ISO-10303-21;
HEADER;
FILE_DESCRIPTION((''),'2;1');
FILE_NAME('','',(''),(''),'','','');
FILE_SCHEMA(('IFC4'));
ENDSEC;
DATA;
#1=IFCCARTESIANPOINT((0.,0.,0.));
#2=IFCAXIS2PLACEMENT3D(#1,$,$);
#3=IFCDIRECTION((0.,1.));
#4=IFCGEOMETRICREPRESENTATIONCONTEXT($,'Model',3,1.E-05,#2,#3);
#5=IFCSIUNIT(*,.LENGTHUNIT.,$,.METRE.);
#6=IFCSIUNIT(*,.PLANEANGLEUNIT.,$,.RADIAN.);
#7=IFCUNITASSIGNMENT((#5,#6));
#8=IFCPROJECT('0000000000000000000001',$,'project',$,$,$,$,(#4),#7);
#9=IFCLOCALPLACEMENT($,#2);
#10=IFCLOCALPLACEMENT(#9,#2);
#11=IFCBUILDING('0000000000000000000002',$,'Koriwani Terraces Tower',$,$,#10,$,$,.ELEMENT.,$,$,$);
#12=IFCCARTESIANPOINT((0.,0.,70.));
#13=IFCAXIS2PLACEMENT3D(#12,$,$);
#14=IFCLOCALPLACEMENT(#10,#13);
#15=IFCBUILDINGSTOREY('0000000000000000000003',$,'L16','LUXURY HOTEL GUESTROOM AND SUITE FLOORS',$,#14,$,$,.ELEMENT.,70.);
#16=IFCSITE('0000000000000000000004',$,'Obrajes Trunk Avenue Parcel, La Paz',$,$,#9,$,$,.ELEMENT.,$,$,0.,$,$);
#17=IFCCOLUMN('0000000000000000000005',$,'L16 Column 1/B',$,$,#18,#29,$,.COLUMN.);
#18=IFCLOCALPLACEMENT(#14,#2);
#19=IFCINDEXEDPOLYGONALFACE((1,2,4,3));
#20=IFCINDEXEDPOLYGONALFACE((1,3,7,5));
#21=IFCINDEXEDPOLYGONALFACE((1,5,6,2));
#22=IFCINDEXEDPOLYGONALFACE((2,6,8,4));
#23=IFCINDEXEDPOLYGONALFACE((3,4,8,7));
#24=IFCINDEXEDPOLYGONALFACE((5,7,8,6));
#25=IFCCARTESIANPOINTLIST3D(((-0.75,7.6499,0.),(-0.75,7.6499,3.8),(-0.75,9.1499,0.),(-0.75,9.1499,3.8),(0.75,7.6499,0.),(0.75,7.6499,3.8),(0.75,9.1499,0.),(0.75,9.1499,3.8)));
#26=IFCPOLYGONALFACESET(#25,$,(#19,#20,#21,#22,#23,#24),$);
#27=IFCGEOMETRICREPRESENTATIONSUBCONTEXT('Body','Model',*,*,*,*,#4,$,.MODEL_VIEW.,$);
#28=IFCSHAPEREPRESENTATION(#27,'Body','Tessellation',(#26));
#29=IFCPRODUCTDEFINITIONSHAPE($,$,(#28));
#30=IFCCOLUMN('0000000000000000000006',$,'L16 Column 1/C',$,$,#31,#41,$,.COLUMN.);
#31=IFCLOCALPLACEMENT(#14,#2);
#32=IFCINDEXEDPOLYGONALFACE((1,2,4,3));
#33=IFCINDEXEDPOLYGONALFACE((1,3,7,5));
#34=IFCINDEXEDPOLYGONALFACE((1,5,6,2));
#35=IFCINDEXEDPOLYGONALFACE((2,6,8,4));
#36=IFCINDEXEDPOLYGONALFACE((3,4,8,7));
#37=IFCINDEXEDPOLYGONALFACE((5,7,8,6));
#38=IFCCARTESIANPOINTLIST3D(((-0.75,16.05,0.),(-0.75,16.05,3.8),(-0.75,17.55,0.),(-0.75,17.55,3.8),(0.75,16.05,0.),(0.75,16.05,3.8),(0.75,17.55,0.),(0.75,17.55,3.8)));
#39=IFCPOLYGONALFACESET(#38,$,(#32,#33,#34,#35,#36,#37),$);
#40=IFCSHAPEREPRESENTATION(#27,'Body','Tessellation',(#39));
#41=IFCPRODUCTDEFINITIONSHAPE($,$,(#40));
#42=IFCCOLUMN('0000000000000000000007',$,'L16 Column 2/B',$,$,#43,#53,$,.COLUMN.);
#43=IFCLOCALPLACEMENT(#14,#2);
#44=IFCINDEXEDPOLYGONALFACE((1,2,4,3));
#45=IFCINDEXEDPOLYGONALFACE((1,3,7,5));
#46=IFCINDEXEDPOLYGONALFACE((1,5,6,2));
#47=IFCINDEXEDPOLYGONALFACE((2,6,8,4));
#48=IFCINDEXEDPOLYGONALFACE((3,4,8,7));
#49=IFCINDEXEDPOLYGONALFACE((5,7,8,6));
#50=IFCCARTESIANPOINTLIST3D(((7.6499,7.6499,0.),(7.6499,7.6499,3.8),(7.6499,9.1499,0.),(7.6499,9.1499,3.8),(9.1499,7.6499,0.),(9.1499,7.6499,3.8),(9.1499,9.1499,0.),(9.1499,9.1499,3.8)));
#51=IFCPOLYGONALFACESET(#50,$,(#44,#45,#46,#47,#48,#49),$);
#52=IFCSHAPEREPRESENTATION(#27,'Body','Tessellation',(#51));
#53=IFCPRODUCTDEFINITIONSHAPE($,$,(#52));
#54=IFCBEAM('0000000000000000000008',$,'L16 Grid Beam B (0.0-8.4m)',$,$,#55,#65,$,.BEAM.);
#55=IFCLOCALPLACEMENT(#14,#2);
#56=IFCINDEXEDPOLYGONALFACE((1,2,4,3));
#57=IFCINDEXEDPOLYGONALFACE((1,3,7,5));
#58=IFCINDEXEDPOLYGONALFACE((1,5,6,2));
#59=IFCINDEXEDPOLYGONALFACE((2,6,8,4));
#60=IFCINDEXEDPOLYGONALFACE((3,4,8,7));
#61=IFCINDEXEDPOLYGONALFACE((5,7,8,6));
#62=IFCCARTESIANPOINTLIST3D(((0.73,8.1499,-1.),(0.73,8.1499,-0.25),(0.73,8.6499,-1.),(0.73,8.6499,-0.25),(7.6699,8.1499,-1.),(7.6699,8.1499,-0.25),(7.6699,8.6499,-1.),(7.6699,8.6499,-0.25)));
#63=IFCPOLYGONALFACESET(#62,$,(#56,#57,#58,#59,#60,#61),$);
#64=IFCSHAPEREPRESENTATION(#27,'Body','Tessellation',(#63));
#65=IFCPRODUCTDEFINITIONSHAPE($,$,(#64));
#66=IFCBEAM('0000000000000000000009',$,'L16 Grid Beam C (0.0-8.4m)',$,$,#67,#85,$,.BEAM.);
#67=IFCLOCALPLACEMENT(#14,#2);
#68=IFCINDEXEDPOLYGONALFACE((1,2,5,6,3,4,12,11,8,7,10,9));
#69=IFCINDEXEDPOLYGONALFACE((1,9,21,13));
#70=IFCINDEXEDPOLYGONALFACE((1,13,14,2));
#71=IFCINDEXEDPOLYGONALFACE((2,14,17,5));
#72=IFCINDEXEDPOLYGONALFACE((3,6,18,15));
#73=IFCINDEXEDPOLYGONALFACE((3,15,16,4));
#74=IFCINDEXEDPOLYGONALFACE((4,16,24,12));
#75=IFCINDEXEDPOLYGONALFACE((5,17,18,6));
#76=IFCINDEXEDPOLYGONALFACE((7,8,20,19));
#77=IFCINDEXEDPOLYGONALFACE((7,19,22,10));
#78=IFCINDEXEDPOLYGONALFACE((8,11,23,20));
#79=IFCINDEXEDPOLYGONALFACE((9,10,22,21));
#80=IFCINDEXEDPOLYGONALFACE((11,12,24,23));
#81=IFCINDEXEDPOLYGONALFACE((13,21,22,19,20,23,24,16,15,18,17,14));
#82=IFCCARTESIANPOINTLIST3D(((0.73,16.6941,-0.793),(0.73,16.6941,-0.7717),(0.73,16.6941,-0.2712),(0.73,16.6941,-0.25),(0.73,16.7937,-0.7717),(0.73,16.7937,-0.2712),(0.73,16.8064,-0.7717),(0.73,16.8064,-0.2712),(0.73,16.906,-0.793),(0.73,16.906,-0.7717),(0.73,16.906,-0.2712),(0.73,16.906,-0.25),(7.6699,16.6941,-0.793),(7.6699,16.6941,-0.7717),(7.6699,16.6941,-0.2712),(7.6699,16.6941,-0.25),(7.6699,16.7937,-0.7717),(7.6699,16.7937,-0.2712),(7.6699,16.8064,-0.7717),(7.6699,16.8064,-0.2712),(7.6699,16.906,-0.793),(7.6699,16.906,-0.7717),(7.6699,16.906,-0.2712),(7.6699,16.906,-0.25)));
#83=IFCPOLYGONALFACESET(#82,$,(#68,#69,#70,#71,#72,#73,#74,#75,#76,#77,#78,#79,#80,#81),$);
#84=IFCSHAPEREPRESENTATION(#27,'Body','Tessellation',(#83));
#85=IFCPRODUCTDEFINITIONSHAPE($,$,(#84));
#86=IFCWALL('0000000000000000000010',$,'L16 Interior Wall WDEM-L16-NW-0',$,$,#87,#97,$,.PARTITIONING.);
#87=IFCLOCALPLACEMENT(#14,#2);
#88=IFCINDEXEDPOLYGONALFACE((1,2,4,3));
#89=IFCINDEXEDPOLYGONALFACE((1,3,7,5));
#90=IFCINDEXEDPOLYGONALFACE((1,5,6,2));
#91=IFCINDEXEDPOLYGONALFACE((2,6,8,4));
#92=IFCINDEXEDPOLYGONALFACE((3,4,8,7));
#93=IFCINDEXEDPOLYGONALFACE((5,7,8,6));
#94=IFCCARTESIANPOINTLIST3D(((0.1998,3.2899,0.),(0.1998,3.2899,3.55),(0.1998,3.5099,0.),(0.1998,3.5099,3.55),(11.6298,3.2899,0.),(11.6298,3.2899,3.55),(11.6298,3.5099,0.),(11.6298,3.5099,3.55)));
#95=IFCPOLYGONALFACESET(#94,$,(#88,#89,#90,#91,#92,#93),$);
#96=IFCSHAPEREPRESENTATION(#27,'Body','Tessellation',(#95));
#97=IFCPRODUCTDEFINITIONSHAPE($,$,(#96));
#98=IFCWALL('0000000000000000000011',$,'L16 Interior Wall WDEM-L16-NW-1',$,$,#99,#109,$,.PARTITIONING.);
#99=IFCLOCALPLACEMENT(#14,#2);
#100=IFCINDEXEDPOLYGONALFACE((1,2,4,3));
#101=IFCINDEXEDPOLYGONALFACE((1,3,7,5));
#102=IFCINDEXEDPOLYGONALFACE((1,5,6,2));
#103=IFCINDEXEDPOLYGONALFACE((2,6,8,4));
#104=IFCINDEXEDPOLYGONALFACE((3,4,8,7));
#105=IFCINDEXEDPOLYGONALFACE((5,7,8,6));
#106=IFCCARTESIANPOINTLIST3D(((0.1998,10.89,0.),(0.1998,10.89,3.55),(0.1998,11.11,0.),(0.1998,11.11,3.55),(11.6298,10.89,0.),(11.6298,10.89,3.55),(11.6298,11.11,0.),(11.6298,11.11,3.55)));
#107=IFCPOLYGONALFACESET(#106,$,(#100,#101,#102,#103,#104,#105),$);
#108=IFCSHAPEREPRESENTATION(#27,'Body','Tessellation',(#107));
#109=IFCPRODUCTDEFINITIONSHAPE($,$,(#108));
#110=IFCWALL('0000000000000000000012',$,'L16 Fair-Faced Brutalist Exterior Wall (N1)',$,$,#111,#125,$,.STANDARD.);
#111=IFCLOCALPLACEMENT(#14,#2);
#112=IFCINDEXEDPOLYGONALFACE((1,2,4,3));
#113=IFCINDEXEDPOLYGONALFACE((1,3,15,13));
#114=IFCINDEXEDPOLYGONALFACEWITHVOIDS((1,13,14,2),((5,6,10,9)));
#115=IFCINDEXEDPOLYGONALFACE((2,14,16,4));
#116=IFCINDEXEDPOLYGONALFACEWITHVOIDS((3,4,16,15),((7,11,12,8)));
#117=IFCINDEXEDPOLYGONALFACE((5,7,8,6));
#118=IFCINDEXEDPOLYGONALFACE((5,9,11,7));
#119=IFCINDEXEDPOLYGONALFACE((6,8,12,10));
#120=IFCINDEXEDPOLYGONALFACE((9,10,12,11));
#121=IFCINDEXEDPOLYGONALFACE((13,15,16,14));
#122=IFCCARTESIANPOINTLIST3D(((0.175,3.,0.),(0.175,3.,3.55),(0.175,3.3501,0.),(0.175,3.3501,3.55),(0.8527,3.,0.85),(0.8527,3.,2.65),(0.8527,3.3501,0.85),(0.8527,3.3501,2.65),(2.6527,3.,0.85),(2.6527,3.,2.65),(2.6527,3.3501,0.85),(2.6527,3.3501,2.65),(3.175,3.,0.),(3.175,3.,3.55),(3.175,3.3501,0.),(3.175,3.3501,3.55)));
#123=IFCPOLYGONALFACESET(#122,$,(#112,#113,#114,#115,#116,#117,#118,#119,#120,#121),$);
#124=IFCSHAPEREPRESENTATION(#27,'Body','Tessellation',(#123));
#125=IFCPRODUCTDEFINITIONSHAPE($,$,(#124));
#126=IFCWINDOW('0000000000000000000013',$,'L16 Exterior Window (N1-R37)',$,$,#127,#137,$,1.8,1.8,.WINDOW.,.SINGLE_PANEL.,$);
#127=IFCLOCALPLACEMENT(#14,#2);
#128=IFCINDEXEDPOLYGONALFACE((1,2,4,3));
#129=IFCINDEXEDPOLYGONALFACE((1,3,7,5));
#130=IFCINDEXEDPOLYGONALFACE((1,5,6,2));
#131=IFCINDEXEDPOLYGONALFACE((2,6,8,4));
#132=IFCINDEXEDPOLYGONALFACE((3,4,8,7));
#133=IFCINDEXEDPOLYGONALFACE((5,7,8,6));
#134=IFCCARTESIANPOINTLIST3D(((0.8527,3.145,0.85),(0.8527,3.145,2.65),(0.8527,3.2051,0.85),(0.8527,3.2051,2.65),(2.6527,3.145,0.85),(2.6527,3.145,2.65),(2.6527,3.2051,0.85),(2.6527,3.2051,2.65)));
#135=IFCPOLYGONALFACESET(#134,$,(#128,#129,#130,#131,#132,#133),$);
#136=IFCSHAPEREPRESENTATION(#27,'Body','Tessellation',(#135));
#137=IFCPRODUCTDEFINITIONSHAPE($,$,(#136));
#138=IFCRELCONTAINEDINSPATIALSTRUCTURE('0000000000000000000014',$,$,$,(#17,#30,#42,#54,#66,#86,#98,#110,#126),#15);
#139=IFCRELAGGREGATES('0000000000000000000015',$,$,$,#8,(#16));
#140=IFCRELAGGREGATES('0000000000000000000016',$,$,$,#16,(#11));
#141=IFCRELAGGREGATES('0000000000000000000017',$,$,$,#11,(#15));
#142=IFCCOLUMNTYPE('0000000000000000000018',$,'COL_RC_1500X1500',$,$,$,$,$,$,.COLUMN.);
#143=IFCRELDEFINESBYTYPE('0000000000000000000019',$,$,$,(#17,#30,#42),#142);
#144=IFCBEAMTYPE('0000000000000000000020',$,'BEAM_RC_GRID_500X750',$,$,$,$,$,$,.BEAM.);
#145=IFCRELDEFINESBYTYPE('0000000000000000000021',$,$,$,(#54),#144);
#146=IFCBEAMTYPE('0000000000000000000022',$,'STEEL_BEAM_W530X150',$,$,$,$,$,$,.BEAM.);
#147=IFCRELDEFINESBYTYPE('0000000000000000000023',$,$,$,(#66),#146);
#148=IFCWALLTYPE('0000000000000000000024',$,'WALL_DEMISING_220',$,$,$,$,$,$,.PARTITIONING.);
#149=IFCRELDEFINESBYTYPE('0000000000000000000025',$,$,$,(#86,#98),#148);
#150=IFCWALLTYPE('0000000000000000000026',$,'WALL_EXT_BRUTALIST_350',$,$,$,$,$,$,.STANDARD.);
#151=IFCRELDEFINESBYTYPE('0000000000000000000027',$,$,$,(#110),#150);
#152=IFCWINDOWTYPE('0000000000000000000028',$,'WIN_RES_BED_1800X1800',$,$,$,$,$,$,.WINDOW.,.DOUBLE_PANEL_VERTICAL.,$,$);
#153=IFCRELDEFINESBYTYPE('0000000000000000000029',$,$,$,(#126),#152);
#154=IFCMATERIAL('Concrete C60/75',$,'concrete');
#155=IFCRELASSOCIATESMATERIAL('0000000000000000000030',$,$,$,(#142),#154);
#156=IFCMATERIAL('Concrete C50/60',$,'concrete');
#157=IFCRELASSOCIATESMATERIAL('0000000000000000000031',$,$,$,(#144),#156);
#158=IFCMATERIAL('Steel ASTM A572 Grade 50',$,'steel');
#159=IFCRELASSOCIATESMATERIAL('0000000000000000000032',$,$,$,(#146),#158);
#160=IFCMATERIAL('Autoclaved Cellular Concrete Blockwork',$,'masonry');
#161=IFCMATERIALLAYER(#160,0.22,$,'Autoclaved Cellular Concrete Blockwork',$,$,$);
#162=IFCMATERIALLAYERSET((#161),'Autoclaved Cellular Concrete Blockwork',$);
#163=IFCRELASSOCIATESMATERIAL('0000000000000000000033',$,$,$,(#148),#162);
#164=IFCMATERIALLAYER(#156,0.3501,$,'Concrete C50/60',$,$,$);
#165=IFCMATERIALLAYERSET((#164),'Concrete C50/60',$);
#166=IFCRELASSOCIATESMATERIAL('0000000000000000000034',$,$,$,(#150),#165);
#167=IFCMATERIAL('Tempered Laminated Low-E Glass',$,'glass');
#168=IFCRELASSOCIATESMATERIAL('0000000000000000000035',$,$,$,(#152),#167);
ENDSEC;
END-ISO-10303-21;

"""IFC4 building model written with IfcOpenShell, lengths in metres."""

from ifc_helpers import new_model, si_unit, direction, frame, frame_2d, origin, origin_2d, place, context, subcontext, project, spatial, rectangle, i_section, extrude, material, layer, layer_set, material_profile, profile_set, type_object, element, fill, save


model = new_model("IFC4")

# Units and contexts
model_context = context("Model", 3, precision=1e-05, world=origin(), true_north=direction((0.0, 1.0)))
body_context = subcontext(model_context, "Body", "Model", "MODEL_VIEW")
ifc_project = project(units=[si_unit("LENGTHUNIT", "METRE"), si_unit("PLANEANGLEUNIT", "RADIAN")], contexts=[model_context])

# Site, building, storey
site_placement = place(None, origin())
site = spatial("IfcSite", under=ifc_project, at=site_placement, Name="Obrajes Trunk Avenue Parcel, La Paz", CompositionType="ELEMENT", RefElevation=0.0)
building_placement = place(site_placement, origin())
building = spatial("IfcBuilding", under=site, at=building_placement, Name="Koriwani Terraces Tower", CompositionType="ELEMENT")
storey_placement = place(building_placement, frame((0.0, 0.0, 70.0)))
storey = spatial("IfcBuildingStorey", under=building, at=storey_placement, Name="L16", Description="LUXURY HOTEL GUESTROOM AND SUITE FLOORS", CompositionType="ELEMENT", Elevation=70.0)

# Columns
ifc_material_1 = material(Name="Concrete C60/75", Category="concrete")
ifc_material_profile_1 = material_profile(ifc_material_1, rectangle(XDim=1.5, YDim=1.5, at=origin_2d()), Name="Concrete C60/75", Category="LoadBearing")
ifc_profile_set_1 = profile_set([ifc_material_profile_1], Name="Concrete C60/75")
column_type = type_object("IfcColumnType", Name="COL_RC_1500X1500", PredefinedType="COLUMN", material=ifc_profile_set_1)
for number, where, z_axis, x_axis, name in (
    (1, (0.0, 8.3999, 0.0), (0.0, 0.0, 1.0), (1.0, 0.0, 0.0), "L16 Column 1/B"),
    (2, (0.0, 16.8, 0.0), (0.0, 0.0, 1.0), (1.0, 0.0, 0.0), "L16 Column 1/C"),
    (3, (8.3999, 8.3999, 0.0), (0.0, 0.0, 1.0), (1.0, 0.0, 0.0), "L16 Column 2/B"),
):
    element("IfcColumn", number, at=place(storey_placement, frame(where, z_axis=z_axis, x_axis=x_axis)), inside=storey, type_object=column_type, Name=name, PredefinedType="COLUMN", context=body_context, shape_type="SweptSolid", body=[
        extrude(rectangle(XDim=1.5, YDim=1.5, at=origin_2d()), origin(), (0.0, 0.0, 1.0), 3.8),
    ])

# Beams
ifc_material_2 = material(Name="Concrete C50/60", Category="concrete")
ifc_material_profile_2 = material_profile(ifc_material_2, rectangle(XDim=0.5, YDim=0.75, at=origin_2d()), Name="Concrete C50/60", Category="LoadBearing")
ifc_profile_set_2 = profile_set([ifc_material_profile_2], Name="Concrete C50/60")
beam_type_1 = type_object("IfcBeamType", Name="BEAM_RC_GRID_500X750", PredefinedType="BEAM", material=ifc_profile_set_2)
beam_1_placement = place(storey_placement, frame((0.73, 8.3999, -0.625), z_axis=(1.0, 0.0, 0.0), x_axis=(0.0, 1.0, 0.0)))
element("IfcBeam", 4, at=beam_1_placement, inside=storey, type_object=beam_type_1, Name="L16 Grid Beam B (0.0-8.4m)", PredefinedType="BEAM", context=body_context, shape_type="SweptSolid", body=[
    extrude(rectangle(XDim=0.5, YDim=0.75, at=origin_2d()), origin(), (0.0, 0.0, 1.0), 6.9399),
])
ifc_material_3 = material(Name="Steel ASTM A572 Grade 50", Category="steel")
ifc_material_profile_3 = material_profile(ifc_material_3, i_section(OverallWidth=0.2119, OverallDepth=0.543, WebThickness=0.0127, FlangeThickness=0.0212, at=origin_2d()), Name="Steel ASTM A572 Grade 50", Category="LoadBearing")
ifc_profile_set_3 = profile_set([ifc_material_profile_3], Name="Steel ASTM A572 Grade 50")
beam_type_2 = type_object("IfcBeamType", Name="STEEL_BEAM_W530X150", PredefinedType="BEAM", material=ifc_profile_set_3)
beam_2_placement = place(storey_placement, frame((0.73, 16.8, -0.5215), z_axis=(1.0, 0.0, 0.0), x_axis=(0.0, 1.0, 0.0)))
element("IfcBeam", 5, at=beam_2_placement, inside=storey, type_object=beam_type_2, Name="L16 Grid Beam C (0.0-8.4m)", PredefinedType="BEAM", context=body_context, shape_type="SweptSolid", body=[
    extrude(i_section(OverallWidth=0.2119, OverallDepth=0.543, WebThickness=0.0127, FlangeThickness=0.0212, at=origin_2d()), origin(), (0.0, 0.0, 1.0), 6.9399),
])

# Walls
ifc_material_4 = material(Name="Autoclaved Cellular Concrete Blockwork", Category="masonry")
ifc_layer_1 = layer(ifc_material_4, 0.22, Name="Autoclaved Cellular Concrete Blockwork")
ifc_layer_set_1 = layer_set([ifc_layer_1], Name="Autoclaved Cellular Concrete Blockwork")
wall_type_1 = type_object("IfcWallType", Name="WALL_DEMISING_220", PredefinedType="PARTITIONING", material=ifc_layer_set_1)
for number, where, z_axis, x_axis, name in (
    (6, (0.2, 3.3999, 0.0), (0.0, 0.0, 1.0), (1.0, 0.0, 0.0), "L16 Interior Wall WDEM-L16-NW-0"),
    (7, (0.2, 11.0, 0.0), (0.0, 0.0, 1.0), (1.0, 0.0, 0.0), "L16 Interior Wall WDEM-L16-NW-1"),
):
    element("IfcWall", number, at=place(storey_placement, frame(where, z_axis=z_axis, x_axis=x_axis)), inside=storey, type_object=wall_type_1, Name=name, PredefinedType="PARTITIONING", context=body_context, shape_type="SweptSolid", body=[
        extrude(rectangle(XDim=11.4299, YDim=0.22, at=frame_2d((5.7148, 0.0))), origin(), (0.0, 0.0, 1.0), 3.55),
    ])

# Wall, opening, window
ifc_layer_2 = layer(ifc_material_2, 0.3501, Name="Concrete C50/60")
ifc_layer_set_2 = layer_set([ifc_layer_2], Name="Concrete C50/60")
wall_type_2 = type_object("IfcWallType", Name="WALL_EXT_BRUTALIST_350", PredefinedType="STANDARD", material=ifc_layer_set_2)
wall_1_placement = place(storey_placement, frame((3.175, 3.175, 0.0), z_axis=(0.0, 0.0, 1.0), x_axis=(-1.0, 0.0, 0.0)))
wall_1 = element("IfcWall", 8, at=wall_1_placement, inside=storey, type_object=wall_type_2, Name="L16 Fair-Faced Brutalist Exterior Wall (N1)", PredefinedType="STANDARD", context=body_context, shape_type="SweptSolid", body=[
    extrude(rectangle(XDim=3.0, YDim=0.3501, at=frame_2d((1.5, 0.0))), origin(), (0.0, 0.0, 1.0), 3.55),
])
opening_1_placement = place(wall_1_placement, frame((0.5225, 0.0, 0.8501)))
opening_1 = element("IfcOpeningElement", 9, at=opening_1_placement, cuts=wall_1, PredefinedType="OPENING", context=body_context, shape_type="SweptSolid", body=[
    extrude(rectangle(XDim=1.8, YDim=1.8, at=frame_2d((0.8999, 0.8999))), frame((0.0, 0.1851, 0.0), z_axis=(0.0, -1.0, 0.0), x_axis=(1.0, 0.0, 0.0)), (0.0, 0.0, 1.0), 0.3701),
])
ifc_material_5 = material(Name="Tempered Laminated Low-E Glass", Category="glass")
window_type_1 = type_object("IfcWindowType", Name="WIN_RES_BED_1800X1800", PartitioningType="DOUBLE_PANEL_VERTICAL", PredefinedType="WINDOW", material=ifc_material_5)
window_1_placement = place(opening_1_placement, origin())
window_1 = element("IfcWindow", 10, at=window_1_placement, inside=storey, type_object=window_type_1, Name="L16 Exterior Window (N1-R37)", OverallHeight=1.8, OverallWidth=1.8, PartitioningType="SINGLE_PANEL", PredefinedType="WINDOW", context=body_context, shape_type="SweptSolid", body=[
    extrude(rectangle(XDim=1.8, YDim=1.8, at=frame_2d((0.8999, 0.8999))), frame((0.0, 0.03, 0.0), z_axis=(0.0, -1.0, 0.0), x_axis=(1.0, 0.0, 0.0)), (0.0, 0.0, 1.0), 0.0601),
])
fill(opening_1, window_1)

save(model, "model.ifc")
